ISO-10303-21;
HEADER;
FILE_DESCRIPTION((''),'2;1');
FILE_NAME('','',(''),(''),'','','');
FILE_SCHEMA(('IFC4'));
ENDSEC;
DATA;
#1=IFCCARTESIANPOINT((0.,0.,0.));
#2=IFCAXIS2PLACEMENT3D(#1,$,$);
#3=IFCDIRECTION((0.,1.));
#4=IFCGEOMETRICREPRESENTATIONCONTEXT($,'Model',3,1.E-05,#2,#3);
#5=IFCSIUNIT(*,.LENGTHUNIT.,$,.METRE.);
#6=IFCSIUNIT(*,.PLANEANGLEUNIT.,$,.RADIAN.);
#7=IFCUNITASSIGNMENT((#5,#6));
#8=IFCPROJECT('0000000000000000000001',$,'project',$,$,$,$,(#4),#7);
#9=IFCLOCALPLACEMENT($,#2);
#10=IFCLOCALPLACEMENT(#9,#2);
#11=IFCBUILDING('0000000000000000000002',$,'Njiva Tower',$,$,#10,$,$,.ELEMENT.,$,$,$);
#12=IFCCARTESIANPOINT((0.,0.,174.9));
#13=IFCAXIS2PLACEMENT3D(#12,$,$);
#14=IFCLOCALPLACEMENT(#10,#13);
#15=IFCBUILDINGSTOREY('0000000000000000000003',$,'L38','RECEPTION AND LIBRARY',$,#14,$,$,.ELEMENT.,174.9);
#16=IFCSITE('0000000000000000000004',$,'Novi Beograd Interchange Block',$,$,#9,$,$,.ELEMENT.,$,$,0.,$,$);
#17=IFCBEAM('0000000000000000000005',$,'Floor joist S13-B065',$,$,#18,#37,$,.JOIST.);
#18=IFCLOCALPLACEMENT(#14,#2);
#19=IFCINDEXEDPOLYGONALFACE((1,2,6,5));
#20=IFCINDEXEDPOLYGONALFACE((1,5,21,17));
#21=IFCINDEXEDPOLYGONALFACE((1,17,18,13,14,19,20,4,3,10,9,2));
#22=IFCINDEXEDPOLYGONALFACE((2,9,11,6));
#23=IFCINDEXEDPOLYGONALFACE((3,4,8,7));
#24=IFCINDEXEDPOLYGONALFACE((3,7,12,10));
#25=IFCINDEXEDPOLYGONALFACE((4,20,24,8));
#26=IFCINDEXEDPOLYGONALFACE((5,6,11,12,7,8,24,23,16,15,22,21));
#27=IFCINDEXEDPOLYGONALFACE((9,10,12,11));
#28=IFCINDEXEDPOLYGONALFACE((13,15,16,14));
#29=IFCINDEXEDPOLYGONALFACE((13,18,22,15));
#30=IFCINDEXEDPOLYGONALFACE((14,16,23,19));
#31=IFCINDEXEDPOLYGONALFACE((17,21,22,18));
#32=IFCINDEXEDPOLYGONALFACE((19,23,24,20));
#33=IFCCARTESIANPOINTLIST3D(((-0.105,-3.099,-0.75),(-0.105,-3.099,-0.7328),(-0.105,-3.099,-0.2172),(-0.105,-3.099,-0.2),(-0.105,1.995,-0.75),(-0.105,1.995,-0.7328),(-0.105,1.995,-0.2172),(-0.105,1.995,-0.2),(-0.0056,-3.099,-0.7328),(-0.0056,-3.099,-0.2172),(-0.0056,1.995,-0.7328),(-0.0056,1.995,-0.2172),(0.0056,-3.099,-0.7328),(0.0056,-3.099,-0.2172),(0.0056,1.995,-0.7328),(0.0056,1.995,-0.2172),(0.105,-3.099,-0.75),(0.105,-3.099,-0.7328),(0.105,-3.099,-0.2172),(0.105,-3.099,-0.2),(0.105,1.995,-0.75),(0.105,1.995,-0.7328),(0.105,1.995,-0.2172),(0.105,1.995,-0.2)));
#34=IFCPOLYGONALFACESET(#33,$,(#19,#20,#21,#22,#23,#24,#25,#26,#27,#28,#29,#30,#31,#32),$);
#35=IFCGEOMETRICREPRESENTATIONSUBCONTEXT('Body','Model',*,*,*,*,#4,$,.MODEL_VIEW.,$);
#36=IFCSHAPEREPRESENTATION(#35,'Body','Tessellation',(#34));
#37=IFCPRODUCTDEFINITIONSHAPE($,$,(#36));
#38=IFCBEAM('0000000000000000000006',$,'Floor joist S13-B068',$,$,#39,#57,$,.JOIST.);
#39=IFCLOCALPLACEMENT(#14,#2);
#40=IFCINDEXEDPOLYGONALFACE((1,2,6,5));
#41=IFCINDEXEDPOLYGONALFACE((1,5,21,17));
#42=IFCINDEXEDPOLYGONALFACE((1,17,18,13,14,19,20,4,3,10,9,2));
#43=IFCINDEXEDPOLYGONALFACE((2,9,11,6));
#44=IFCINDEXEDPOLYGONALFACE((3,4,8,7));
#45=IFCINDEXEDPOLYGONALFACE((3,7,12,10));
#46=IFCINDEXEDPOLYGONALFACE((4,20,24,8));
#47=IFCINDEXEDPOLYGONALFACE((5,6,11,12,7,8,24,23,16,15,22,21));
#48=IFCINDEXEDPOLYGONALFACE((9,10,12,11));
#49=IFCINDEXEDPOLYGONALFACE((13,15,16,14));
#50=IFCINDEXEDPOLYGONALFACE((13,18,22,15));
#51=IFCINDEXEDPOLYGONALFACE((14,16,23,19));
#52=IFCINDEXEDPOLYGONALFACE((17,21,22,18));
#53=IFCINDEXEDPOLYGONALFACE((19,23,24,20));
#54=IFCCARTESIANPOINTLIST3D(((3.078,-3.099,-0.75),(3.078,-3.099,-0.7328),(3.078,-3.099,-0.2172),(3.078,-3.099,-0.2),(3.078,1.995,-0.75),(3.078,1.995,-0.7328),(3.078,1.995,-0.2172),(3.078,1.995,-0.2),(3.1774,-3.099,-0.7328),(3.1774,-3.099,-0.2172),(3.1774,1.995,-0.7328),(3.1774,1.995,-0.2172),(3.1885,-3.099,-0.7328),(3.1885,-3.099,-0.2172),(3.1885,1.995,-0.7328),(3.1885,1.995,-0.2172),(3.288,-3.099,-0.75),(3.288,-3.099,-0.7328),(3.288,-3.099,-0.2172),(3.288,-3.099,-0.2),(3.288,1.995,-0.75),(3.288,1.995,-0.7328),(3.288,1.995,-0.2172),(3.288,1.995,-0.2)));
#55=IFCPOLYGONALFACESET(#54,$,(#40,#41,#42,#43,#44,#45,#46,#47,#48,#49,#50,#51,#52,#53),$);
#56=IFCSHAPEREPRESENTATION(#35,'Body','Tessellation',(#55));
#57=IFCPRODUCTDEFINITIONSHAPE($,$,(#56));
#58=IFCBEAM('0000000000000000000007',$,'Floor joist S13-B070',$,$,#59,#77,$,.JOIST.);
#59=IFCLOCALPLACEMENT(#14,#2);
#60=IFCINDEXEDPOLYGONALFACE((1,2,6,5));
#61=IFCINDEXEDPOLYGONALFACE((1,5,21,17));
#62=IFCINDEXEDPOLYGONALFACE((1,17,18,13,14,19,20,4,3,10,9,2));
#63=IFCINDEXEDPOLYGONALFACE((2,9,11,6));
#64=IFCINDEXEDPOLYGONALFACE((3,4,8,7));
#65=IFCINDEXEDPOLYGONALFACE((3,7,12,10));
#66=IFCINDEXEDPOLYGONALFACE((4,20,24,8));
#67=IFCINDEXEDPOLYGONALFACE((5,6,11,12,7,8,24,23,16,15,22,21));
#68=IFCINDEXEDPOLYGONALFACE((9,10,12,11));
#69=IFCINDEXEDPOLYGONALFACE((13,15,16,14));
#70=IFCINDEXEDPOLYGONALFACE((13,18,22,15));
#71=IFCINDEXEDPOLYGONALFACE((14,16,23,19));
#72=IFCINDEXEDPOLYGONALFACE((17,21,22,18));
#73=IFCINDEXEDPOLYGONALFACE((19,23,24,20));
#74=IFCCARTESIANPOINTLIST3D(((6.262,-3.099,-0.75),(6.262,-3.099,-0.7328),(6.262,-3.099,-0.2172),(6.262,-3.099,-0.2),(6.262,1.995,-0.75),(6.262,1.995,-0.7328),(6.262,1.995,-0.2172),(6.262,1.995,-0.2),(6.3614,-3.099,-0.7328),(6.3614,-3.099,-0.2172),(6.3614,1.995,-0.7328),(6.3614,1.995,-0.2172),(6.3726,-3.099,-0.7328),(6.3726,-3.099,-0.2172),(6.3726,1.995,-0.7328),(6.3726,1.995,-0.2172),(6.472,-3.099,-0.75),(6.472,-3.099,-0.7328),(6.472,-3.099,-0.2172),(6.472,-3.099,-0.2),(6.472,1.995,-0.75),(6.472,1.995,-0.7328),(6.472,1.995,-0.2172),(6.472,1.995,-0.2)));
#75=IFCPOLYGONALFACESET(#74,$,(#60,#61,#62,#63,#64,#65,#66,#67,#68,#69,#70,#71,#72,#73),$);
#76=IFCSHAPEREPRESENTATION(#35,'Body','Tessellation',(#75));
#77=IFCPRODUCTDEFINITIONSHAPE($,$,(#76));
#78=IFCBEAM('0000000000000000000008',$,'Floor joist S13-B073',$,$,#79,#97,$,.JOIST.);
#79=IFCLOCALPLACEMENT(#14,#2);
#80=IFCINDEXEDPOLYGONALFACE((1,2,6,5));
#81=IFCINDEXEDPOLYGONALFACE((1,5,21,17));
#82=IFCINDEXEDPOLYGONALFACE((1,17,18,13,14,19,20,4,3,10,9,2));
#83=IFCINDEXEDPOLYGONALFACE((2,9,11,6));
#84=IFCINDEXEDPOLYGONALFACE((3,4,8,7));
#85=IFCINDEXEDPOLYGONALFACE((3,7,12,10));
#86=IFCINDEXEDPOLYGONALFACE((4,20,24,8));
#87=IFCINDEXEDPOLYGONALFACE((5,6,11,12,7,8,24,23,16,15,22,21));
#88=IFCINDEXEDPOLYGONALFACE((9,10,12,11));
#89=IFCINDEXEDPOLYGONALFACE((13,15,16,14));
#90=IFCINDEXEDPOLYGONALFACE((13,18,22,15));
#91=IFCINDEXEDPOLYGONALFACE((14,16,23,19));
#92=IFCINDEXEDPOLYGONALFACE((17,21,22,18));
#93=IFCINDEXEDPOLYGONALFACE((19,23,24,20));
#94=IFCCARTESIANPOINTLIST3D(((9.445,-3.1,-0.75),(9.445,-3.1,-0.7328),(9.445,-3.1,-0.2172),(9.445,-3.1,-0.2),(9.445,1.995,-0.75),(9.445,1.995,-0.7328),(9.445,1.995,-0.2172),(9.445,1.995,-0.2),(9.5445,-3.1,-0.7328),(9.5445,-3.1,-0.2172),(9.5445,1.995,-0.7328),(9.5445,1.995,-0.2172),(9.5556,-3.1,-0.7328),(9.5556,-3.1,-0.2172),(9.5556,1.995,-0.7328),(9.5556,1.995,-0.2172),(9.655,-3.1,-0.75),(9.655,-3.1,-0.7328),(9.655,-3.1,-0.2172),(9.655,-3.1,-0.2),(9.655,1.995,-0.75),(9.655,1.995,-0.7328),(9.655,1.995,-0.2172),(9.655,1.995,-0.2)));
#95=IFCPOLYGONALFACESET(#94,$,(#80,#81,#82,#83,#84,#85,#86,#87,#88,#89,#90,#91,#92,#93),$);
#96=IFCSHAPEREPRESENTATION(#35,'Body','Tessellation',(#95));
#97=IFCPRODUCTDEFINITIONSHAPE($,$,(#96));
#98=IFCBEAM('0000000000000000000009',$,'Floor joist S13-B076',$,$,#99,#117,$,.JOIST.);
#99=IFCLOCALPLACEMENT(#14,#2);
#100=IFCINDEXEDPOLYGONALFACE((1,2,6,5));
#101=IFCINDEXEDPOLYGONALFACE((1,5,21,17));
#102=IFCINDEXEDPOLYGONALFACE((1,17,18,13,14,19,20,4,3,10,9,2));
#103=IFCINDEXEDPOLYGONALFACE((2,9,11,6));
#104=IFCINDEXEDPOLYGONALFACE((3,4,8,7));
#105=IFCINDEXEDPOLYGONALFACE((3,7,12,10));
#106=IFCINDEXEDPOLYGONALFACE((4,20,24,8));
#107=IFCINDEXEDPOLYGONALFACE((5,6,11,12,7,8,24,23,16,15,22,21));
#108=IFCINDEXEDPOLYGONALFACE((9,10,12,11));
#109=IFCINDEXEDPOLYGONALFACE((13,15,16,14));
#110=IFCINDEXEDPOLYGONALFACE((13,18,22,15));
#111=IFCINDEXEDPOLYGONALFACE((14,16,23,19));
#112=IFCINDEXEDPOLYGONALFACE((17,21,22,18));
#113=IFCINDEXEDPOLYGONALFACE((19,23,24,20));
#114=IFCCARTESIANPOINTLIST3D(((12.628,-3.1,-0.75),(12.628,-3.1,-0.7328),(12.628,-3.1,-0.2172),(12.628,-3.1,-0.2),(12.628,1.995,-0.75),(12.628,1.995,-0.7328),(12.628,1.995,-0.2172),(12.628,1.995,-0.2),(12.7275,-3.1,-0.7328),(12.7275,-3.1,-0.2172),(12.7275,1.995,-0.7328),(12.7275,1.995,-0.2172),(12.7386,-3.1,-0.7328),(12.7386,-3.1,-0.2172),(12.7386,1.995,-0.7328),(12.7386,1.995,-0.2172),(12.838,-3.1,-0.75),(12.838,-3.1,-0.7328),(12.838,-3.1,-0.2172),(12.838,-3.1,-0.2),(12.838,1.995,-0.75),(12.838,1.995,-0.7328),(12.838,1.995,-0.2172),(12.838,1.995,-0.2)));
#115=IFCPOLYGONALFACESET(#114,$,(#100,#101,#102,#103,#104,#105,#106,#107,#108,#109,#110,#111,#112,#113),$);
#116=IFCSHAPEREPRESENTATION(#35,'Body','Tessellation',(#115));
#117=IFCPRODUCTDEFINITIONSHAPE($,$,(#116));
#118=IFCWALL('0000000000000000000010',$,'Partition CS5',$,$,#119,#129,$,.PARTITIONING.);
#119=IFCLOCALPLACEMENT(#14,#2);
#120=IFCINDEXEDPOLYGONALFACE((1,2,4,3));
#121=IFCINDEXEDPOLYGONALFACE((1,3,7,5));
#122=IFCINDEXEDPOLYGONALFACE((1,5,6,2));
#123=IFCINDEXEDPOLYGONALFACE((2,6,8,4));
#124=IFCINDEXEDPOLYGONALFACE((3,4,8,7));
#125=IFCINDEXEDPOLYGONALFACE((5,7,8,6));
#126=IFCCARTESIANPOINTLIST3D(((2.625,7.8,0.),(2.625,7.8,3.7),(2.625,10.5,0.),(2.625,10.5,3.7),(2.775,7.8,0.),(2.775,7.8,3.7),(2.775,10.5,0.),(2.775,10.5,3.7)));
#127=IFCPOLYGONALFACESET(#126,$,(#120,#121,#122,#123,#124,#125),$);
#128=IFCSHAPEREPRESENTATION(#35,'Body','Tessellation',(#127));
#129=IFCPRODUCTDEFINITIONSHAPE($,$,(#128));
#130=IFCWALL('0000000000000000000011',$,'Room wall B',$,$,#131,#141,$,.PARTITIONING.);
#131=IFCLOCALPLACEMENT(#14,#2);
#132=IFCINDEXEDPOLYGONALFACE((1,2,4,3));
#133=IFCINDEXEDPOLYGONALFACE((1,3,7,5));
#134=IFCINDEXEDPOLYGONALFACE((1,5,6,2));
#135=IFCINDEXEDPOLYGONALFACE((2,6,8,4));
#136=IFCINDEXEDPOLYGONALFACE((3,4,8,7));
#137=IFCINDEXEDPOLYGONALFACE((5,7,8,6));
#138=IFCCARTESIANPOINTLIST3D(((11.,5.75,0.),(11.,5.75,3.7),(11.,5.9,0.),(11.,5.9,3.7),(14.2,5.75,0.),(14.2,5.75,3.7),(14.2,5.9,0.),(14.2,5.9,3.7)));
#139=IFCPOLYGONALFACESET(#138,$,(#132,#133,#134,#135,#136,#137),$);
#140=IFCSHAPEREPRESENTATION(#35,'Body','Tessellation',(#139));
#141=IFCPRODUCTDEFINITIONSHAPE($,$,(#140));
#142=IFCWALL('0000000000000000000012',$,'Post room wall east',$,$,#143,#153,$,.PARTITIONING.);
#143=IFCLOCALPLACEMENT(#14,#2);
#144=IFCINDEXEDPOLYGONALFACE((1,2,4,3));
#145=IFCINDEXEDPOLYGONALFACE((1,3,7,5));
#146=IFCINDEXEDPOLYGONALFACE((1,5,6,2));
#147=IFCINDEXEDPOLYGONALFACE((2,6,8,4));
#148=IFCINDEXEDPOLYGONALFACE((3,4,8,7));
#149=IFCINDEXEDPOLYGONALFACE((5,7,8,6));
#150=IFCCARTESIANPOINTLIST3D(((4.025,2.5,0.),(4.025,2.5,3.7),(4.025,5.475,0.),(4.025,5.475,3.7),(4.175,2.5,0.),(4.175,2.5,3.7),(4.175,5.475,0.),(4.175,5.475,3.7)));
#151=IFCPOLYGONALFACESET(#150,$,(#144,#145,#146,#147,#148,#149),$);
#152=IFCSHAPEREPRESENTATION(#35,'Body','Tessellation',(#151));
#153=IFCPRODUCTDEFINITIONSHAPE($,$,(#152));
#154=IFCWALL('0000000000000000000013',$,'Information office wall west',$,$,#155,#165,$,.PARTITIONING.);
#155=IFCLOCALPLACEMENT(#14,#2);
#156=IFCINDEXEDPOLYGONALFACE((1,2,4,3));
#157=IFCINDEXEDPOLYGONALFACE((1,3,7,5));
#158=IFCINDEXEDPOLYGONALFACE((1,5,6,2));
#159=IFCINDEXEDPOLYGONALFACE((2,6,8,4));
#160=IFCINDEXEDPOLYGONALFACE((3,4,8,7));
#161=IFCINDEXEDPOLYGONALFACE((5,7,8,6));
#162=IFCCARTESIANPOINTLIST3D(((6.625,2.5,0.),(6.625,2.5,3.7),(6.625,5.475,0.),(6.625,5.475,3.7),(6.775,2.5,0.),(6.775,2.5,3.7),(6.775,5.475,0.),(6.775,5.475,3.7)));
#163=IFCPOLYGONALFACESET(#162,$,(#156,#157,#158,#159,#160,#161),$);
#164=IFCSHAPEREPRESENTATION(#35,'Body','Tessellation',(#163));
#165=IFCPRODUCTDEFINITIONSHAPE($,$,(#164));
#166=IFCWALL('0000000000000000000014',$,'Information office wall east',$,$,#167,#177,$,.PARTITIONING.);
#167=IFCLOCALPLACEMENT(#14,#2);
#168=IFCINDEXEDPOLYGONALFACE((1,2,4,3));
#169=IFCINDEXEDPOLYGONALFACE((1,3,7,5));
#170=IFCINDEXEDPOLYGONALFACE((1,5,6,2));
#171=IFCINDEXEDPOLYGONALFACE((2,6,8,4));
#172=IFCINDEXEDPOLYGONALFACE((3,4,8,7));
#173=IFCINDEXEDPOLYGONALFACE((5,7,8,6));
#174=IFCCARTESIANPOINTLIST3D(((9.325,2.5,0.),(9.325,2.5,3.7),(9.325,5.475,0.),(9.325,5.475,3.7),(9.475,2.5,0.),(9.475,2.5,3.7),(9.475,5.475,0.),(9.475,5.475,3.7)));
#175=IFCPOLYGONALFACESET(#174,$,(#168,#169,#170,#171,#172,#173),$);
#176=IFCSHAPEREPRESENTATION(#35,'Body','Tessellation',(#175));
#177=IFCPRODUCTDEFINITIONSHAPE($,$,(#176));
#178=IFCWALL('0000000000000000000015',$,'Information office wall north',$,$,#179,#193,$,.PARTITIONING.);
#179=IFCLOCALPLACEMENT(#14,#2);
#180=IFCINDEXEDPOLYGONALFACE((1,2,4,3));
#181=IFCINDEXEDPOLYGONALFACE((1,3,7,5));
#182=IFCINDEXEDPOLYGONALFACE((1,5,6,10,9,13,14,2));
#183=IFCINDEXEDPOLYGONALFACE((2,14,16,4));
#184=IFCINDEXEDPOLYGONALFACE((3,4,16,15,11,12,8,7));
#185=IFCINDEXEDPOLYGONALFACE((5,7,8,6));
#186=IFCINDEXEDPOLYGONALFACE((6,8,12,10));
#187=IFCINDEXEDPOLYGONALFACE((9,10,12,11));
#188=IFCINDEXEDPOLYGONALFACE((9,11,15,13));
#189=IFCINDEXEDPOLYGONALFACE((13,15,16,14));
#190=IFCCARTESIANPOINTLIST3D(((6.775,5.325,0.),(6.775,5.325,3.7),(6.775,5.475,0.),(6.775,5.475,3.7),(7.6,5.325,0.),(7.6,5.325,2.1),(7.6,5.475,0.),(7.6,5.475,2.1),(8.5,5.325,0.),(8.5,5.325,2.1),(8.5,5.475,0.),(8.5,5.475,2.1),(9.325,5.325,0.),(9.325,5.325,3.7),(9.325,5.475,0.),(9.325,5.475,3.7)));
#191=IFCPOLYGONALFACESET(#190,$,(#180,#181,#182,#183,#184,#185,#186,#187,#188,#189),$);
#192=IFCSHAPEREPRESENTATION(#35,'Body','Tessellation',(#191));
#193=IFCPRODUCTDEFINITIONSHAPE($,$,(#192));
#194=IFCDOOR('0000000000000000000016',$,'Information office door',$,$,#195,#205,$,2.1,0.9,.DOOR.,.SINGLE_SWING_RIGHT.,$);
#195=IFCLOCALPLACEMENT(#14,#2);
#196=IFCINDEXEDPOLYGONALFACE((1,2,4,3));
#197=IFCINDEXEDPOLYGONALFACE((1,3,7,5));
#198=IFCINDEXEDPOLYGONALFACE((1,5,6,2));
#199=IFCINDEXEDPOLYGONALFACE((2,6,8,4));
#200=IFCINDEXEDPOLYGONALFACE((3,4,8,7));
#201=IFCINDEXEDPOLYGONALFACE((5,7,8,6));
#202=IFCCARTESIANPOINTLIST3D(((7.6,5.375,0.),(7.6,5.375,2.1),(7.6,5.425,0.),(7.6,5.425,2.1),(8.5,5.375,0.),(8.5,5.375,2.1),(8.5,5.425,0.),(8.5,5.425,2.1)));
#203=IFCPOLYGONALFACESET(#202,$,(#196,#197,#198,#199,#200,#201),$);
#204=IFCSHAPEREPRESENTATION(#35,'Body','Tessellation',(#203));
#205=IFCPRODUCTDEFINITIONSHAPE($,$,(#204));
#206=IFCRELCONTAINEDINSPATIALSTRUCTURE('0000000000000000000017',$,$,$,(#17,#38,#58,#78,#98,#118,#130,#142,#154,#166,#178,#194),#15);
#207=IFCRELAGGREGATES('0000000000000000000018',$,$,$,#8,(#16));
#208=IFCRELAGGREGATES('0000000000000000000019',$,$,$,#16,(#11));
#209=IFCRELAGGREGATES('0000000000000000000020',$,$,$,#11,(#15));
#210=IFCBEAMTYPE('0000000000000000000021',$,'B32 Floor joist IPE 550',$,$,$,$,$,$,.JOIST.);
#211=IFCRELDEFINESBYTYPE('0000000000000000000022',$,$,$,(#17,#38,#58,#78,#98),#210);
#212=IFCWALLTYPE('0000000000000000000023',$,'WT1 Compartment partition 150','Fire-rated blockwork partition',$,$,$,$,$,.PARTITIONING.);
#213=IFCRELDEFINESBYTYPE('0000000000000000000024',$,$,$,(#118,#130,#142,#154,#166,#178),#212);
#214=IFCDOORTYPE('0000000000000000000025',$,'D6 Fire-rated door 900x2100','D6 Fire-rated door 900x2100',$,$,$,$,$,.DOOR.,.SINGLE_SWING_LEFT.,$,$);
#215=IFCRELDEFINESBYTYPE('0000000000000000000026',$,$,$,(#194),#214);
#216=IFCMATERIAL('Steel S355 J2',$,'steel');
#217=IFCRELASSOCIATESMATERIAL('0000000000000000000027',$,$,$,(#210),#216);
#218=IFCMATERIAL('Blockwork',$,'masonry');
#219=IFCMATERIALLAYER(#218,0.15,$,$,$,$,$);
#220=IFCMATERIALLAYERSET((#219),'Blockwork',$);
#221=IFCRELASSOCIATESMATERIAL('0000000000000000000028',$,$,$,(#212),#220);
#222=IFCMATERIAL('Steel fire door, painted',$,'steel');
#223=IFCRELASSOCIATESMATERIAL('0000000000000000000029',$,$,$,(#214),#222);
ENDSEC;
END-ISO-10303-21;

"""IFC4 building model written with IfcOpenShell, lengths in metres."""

from ifc_helpers import new_model, si_unit, direction, frame, frame_2d, origin, origin_2d, place, context, subcontext, project, spatial, rectangle, i_section, extrude, material, layer, layer_set, material_profile, profile_set, type_object, element, fill, save


model = new_model("IFC4")

# Units and contexts
model_context = context("Model", 3, precision=1e-05, world=origin(), true_north=direction((0.0, 1.0)))
body_context = subcontext(model_context, "Body", "Model", "MODEL_VIEW")
ifc_project = project(units=[si_unit("LENGTHUNIT", "METRE"), si_unit("PLANEANGLEUNIT", "RADIAN")], contexts=[model_context])

# Site, building, storey
site_placement = place(None, origin())
site = spatial("IfcSite", under=ifc_project, at=site_placement, Name="Novi Beograd Interchange Block", CompositionType="ELEMENT", RefElevation=0.0)
building_placement = place(site_placement, origin())
building = spatial("IfcBuilding", under=site, at=building_placement, Name="Njiva Tower", CompositionType="ELEMENT")
storey_placement = place(building_placement, frame((0.0, 0.0, 174.9)))
storey = spatial("IfcBuildingStorey", under=building, at=storey_placement, Name="L38", Description="RECEPTION AND LIBRARY", CompositionType="ELEMENT", Elevation=174.9)

# Beams
ifc_material_1 = material(Name="Steel S355 J2", Category="steel")
ifc_material_profile = material_profile(ifc_material_1, i_section(OverallWidth=0.21, OverallDepth=0.55, WebThickness=0.0111, FlangeThickness=0.0172, at=origin_2d()), Name="IPE 550")
ifc_profile_set = profile_set([ifc_material_profile], Name="Steel S355 J2")
beam_type = type_object("IfcBeamType", Name="B32 Floor joist IPE 550", PredefinedType="JOIST", material=ifc_profile_set)
for number, where, z_axis, x_axis, name in (
    (1, (0.0, 1.995, -0.475), (0.0, -1.0, 0.0), (1.0, 0.0, 0.0), "Floor joist S13-B065"),
    (2, (3.183, 1.995, -0.475), (0.0, -1.0, 0.0), (1.0, 0.0, 0.0), "Floor joist S13-B068"),
    (3, (6.367, 1.995, -0.475), (0.0, -1.0, 0.0), (1.0, 0.0, 0.0), "Floor joist S13-B070"),
):
    element("IfcBeam", number, at=place(storey_placement, frame(where, z_axis=z_axis, x_axis=x_axis)), inside=storey, type_object=beam_type, Name=name, PredefinedType="JOIST", context=body_context, shape_type="SweptSolid", body=[
        extrude(i_section(OverallWidth=0.21, OverallDepth=0.55, WebThickness=0.0111, FlangeThickness=0.0172, at=origin_2d()), origin(), (0.0, 0.0, 1.0), 5.094),
    ])
for number, where, z_axis, x_axis, name in (
    (4, (9.55, 1.995, -0.475), (0.0, -1.0, 0.0), (1.0, 0.0, 0.0), "Floor joist S13-B073"),
    (5, (12.733, 1.995, -0.475), (0.0, -1.0, 0.0), (1.0, 0.0, 0.0), "Floor joist S13-B076"),
):
    element("IfcBeam", number, at=place(storey_placement, frame(where, z_axis=z_axis, x_axis=x_axis)), inside=storey, type_object=beam_type, Name=name, PredefinedType="JOIST", context=body_context, shape_type="SweptSolid", body=[
        extrude(i_section(OverallWidth=0.21, OverallDepth=0.55, WebThickness=0.0111, FlangeThickness=0.0172, at=origin_2d()), origin(), (0.0, 0.0, 1.0), 5.095),
    ])

# Walls
ifc_material_2 = material(Name="Blockwork", Category="masonry")
ifc_layer_1 = layer(ifc_material_2, 0.15)
ifc_layer_set_1 = layer_set([ifc_layer_1], Name="Blockwork")
wall_type_1 = type_object("IfcWallType", Name="WT1 Compartment partition 150", Description="Fire-rated blockwork partition", PredefinedType="PARTITIONING", material=ifc_layer_set_1)
wall_1_placement = place(storey_placement, frame((2.7, 7.8, 0.0), z_axis=(0.0, 0.0, 1.0), x_axis=(0.0, 1.0, 0.0)))
element("IfcWall", 6, at=wall_1_placement, inside=storey, type_object=wall_type_1, Name="Partition CS5", PredefinedType="PARTITIONING", context=body_context, shape_type="SweptSolid", body=[
    extrude(rectangle(XDim=2.7, YDim=0.15, at=frame_2d((1.35, 0.0))), origin(), (0.0, 0.0, 1.0), 3.7),
])
wall_2_placement = place(storey_placement, frame((11.0, 5.825, 0.0), z_axis=(0.0, 0.0, 1.0), x_axis=(1.0, 0.0, 0.0)))
element("IfcWall", 7, at=wall_2_placement, inside=storey, type_object=wall_type_1, Name="Room wall B", PredefinedType="PARTITIONING", context=body_context, shape_type="SweptSolid", body=[
    extrude(rectangle(XDim=3.2, YDim=0.15, at=frame_2d((1.6, 0.0))), origin(), (0.0, 0.0, 1.0), 3.7),
])
for number, where, z_axis, x_axis, name in (
    (8, (4.1, 2.5, 0.0), (0.0, 0.0, 1.0), (0.0, 1.0, 0.0), "Post room wall east"),
    (9, (6.7, 2.5, 0.0), (0.0, 0.0, 1.0), (0.0, 1.0, 0.0), "Information office wall west"),
    (10, (9.4, 2.5, 0.0), (0.0, 0.0, 1.0), (0.0, 1.0, 0.0), "Information office wall east"),
):
    element("IfcWall", number, at=place(storey_placement, frame(where, z_axis=z_axis, x_axis=x_axis)), inside=storey, type_object=wall_type_1, Name=name, PredefinedType="PARTITIONING", context=body_context, shape_type="SweptSolid", body=[
        extrude(rectangle(XDim=2.975, YDim=0.15, at=frame_2d((1.4875, 0.0))), origin(), (0.0, 0.0, 1.0), 3.7),
    ])

# Wall, opening, door
wall_3_placement = place(storey_placement, frame((6.775, 5.4, 0.0), z_axis=(0.0, 0.0, 1.0), x_axis=(1.0, 0.0, 0.0)))
wall_3 = element("IfcWall", 11, at=wall_3_placement, inside=storey, type_object=wall_type_1, Name="Information office wall north", PredefinedType="PARTITIONING", context=body_context, shape_type="SweptSolid", body=[
    extrude(rectangle(XDim=2.55, YDim=0.15, at=frame_2d((1.275, 0.0))), origin(), (0.0, 0.0, 1.0), 3.7),
])
opening_1_placement = place(wall_3_placement, frame((0.825, 0.0, 0.0)))
opening_1 = element("IfcOpeningElement", 12, at=opening_1_placement, cuts=wall_3, PredefinedType="OPENING", context=body_context, shape_type="SweptSolid", body=[
    extrude(rectangle(XDim=0.9, YDim=2.1, at=frame_2d((0.45, 1.05))), frame((0.0, 0.085, 0.0), z_axis=(0.0, -1.0, 0.0), x_axis=(1.0, 0.0, 0.0)), (0.0, 0.0, 1.0), 0.17),
])
ifc_material_3 = material(Name="Steel fire door, painted", Category="steel")
door_type_1 = type_object("IfcDoorType", Name="D6 Fire-rated door 900x2100", Description="D6 Fire-rated door 900x2100", OperationType="SINGLE_SWING_LEFT", PredefinedType="DOOR", material=ifc_material_3)
door_1_placement = place(opening_1_placement, origin())
door_1 = element("IfcDoor", 13, at=door_1_placement, inside=storey, type_object=door_type_1, Name="Information office door", OperationType="SINGLE_SWING_RIGHT", OverallHeight=2.1, OverallWidth=0.9, PredefinedType="DOOR", context=body_context, shape_type="SweptSolid", body=[
    extrude(rectangle(XDim=0.9, YDim=2.1, at=frame_2d((0.45, 1.05))), frame((0.0, 0.025, 0.0), z_axis=(0.0, -1.0, 0.0), x_axis=(1.0, 0.0, 0.0)), (0.0, 0.0, 1.0), 0.05),
])
fill(opening_1, door_1)

save(model, "model.ifc")
